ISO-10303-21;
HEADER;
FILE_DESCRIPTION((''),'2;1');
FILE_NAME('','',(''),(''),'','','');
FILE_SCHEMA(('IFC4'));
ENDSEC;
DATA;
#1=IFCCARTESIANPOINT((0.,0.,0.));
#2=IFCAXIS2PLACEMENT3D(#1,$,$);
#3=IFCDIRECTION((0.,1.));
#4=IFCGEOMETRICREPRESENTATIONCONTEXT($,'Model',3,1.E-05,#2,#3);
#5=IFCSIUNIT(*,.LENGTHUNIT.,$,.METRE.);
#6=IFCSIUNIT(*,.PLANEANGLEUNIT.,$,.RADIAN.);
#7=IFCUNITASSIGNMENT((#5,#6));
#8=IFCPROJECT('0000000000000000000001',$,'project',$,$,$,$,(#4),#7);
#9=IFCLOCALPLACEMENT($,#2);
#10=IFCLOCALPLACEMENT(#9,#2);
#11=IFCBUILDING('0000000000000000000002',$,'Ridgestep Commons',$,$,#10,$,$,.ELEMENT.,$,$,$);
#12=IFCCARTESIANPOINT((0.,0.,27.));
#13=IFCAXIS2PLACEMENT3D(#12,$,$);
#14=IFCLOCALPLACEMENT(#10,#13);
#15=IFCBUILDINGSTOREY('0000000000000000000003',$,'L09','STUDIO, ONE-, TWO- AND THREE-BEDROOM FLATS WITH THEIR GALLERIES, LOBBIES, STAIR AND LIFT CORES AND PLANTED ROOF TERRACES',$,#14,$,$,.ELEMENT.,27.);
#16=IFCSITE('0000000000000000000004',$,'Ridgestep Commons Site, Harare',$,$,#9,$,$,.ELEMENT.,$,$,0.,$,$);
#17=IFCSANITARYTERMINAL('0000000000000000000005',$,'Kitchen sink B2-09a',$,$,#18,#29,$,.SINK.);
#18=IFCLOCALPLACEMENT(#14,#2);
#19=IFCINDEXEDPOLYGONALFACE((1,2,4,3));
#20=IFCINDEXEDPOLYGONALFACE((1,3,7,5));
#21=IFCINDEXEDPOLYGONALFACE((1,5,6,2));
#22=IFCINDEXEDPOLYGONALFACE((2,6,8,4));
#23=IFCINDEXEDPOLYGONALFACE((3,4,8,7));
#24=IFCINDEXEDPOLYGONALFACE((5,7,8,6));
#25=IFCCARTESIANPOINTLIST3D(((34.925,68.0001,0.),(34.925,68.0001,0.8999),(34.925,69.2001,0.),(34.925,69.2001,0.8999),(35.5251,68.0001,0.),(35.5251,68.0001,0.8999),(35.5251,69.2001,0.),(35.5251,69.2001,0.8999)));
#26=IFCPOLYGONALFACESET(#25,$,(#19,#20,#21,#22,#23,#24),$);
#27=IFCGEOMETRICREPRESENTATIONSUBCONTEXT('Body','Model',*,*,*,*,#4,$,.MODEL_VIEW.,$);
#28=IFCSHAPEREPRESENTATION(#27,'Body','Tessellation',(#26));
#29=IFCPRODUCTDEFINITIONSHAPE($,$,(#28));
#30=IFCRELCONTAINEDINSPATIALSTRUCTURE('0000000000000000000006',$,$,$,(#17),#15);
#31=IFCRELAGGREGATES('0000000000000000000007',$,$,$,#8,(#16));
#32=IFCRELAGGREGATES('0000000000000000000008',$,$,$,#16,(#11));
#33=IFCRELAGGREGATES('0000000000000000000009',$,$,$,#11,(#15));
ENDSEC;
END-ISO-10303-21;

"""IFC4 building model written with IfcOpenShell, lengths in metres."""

from ifc_helpers import new_model, si_unit, direction, frame, origin, origin_2d, place, context, subcontext, project, spatial, rectangle, extrude, element, save


model = new_model("IFC4")

# Units and contexts
model_context = context("Model", 3, precision=1e-05, world=origin(), true_north=direction((0.0, 1.0)))
body_context = subcontext(model_context, "Body", "Model", "MODEL_VIEW")
ifc_project = project(units=[si_unit("LENGTHUNIT", "METRE"), si_unit("PLANEANGLEUNIT", "RADIAN")], contexts=[model_context])

# Site, building, storey
site_placement = place(None, origin())
site = spatial("IfcSite", under=ifc_project, at=site_placement, Name="Ridgestep Commons Site, Harare", CompositionType="ELEMENT", RefElevation=0.0)
building_placement = place(site_placement, origin())
building = spatial("IfcBuilding", under=site, at=building_placement, Name="Ridgestep Commons", CompositionType="ELEMENT")
storey_placement = place(building_placement, frame((0.0, 0.0, 27.0)))
storey = spatial("IfcBuildingStorey", under=building, at=storey_placement, Name="L09", Description="STUDIO, ONE-, TWO- AND THREE-BEDROOM FLATS WITH THEIR GALLERIES, LOBBIES, STAIR AND LIFT CORES AND PLANTED ROOF TERRACES", CompositionType="ELEMENT", Elevation=27.0)

# Sanitary terminal
sanitary_terminal_1_placement = place(storey_placement, frame((35.2251, 68.6001, 0.0), z_axis=(0.0, 0.0, 1.0), x_axis=(1.0, 0.0, 0.0)))
element("IfcSanitaryTerminal", 1, at=sanitary_terminal_1_placement, inside=storey, Name="Kitchen sink B2-09a", PredefinedType="SINK", context=body_context, shape_type="SweptSolid", body=[
    extrude(rectangle(XDim=0.6001, YDim=1.2, at=origin_2d()), origin(), (0.0, 0.0, 1.0), 0.8999),
])

save(model, "model.ifc")
